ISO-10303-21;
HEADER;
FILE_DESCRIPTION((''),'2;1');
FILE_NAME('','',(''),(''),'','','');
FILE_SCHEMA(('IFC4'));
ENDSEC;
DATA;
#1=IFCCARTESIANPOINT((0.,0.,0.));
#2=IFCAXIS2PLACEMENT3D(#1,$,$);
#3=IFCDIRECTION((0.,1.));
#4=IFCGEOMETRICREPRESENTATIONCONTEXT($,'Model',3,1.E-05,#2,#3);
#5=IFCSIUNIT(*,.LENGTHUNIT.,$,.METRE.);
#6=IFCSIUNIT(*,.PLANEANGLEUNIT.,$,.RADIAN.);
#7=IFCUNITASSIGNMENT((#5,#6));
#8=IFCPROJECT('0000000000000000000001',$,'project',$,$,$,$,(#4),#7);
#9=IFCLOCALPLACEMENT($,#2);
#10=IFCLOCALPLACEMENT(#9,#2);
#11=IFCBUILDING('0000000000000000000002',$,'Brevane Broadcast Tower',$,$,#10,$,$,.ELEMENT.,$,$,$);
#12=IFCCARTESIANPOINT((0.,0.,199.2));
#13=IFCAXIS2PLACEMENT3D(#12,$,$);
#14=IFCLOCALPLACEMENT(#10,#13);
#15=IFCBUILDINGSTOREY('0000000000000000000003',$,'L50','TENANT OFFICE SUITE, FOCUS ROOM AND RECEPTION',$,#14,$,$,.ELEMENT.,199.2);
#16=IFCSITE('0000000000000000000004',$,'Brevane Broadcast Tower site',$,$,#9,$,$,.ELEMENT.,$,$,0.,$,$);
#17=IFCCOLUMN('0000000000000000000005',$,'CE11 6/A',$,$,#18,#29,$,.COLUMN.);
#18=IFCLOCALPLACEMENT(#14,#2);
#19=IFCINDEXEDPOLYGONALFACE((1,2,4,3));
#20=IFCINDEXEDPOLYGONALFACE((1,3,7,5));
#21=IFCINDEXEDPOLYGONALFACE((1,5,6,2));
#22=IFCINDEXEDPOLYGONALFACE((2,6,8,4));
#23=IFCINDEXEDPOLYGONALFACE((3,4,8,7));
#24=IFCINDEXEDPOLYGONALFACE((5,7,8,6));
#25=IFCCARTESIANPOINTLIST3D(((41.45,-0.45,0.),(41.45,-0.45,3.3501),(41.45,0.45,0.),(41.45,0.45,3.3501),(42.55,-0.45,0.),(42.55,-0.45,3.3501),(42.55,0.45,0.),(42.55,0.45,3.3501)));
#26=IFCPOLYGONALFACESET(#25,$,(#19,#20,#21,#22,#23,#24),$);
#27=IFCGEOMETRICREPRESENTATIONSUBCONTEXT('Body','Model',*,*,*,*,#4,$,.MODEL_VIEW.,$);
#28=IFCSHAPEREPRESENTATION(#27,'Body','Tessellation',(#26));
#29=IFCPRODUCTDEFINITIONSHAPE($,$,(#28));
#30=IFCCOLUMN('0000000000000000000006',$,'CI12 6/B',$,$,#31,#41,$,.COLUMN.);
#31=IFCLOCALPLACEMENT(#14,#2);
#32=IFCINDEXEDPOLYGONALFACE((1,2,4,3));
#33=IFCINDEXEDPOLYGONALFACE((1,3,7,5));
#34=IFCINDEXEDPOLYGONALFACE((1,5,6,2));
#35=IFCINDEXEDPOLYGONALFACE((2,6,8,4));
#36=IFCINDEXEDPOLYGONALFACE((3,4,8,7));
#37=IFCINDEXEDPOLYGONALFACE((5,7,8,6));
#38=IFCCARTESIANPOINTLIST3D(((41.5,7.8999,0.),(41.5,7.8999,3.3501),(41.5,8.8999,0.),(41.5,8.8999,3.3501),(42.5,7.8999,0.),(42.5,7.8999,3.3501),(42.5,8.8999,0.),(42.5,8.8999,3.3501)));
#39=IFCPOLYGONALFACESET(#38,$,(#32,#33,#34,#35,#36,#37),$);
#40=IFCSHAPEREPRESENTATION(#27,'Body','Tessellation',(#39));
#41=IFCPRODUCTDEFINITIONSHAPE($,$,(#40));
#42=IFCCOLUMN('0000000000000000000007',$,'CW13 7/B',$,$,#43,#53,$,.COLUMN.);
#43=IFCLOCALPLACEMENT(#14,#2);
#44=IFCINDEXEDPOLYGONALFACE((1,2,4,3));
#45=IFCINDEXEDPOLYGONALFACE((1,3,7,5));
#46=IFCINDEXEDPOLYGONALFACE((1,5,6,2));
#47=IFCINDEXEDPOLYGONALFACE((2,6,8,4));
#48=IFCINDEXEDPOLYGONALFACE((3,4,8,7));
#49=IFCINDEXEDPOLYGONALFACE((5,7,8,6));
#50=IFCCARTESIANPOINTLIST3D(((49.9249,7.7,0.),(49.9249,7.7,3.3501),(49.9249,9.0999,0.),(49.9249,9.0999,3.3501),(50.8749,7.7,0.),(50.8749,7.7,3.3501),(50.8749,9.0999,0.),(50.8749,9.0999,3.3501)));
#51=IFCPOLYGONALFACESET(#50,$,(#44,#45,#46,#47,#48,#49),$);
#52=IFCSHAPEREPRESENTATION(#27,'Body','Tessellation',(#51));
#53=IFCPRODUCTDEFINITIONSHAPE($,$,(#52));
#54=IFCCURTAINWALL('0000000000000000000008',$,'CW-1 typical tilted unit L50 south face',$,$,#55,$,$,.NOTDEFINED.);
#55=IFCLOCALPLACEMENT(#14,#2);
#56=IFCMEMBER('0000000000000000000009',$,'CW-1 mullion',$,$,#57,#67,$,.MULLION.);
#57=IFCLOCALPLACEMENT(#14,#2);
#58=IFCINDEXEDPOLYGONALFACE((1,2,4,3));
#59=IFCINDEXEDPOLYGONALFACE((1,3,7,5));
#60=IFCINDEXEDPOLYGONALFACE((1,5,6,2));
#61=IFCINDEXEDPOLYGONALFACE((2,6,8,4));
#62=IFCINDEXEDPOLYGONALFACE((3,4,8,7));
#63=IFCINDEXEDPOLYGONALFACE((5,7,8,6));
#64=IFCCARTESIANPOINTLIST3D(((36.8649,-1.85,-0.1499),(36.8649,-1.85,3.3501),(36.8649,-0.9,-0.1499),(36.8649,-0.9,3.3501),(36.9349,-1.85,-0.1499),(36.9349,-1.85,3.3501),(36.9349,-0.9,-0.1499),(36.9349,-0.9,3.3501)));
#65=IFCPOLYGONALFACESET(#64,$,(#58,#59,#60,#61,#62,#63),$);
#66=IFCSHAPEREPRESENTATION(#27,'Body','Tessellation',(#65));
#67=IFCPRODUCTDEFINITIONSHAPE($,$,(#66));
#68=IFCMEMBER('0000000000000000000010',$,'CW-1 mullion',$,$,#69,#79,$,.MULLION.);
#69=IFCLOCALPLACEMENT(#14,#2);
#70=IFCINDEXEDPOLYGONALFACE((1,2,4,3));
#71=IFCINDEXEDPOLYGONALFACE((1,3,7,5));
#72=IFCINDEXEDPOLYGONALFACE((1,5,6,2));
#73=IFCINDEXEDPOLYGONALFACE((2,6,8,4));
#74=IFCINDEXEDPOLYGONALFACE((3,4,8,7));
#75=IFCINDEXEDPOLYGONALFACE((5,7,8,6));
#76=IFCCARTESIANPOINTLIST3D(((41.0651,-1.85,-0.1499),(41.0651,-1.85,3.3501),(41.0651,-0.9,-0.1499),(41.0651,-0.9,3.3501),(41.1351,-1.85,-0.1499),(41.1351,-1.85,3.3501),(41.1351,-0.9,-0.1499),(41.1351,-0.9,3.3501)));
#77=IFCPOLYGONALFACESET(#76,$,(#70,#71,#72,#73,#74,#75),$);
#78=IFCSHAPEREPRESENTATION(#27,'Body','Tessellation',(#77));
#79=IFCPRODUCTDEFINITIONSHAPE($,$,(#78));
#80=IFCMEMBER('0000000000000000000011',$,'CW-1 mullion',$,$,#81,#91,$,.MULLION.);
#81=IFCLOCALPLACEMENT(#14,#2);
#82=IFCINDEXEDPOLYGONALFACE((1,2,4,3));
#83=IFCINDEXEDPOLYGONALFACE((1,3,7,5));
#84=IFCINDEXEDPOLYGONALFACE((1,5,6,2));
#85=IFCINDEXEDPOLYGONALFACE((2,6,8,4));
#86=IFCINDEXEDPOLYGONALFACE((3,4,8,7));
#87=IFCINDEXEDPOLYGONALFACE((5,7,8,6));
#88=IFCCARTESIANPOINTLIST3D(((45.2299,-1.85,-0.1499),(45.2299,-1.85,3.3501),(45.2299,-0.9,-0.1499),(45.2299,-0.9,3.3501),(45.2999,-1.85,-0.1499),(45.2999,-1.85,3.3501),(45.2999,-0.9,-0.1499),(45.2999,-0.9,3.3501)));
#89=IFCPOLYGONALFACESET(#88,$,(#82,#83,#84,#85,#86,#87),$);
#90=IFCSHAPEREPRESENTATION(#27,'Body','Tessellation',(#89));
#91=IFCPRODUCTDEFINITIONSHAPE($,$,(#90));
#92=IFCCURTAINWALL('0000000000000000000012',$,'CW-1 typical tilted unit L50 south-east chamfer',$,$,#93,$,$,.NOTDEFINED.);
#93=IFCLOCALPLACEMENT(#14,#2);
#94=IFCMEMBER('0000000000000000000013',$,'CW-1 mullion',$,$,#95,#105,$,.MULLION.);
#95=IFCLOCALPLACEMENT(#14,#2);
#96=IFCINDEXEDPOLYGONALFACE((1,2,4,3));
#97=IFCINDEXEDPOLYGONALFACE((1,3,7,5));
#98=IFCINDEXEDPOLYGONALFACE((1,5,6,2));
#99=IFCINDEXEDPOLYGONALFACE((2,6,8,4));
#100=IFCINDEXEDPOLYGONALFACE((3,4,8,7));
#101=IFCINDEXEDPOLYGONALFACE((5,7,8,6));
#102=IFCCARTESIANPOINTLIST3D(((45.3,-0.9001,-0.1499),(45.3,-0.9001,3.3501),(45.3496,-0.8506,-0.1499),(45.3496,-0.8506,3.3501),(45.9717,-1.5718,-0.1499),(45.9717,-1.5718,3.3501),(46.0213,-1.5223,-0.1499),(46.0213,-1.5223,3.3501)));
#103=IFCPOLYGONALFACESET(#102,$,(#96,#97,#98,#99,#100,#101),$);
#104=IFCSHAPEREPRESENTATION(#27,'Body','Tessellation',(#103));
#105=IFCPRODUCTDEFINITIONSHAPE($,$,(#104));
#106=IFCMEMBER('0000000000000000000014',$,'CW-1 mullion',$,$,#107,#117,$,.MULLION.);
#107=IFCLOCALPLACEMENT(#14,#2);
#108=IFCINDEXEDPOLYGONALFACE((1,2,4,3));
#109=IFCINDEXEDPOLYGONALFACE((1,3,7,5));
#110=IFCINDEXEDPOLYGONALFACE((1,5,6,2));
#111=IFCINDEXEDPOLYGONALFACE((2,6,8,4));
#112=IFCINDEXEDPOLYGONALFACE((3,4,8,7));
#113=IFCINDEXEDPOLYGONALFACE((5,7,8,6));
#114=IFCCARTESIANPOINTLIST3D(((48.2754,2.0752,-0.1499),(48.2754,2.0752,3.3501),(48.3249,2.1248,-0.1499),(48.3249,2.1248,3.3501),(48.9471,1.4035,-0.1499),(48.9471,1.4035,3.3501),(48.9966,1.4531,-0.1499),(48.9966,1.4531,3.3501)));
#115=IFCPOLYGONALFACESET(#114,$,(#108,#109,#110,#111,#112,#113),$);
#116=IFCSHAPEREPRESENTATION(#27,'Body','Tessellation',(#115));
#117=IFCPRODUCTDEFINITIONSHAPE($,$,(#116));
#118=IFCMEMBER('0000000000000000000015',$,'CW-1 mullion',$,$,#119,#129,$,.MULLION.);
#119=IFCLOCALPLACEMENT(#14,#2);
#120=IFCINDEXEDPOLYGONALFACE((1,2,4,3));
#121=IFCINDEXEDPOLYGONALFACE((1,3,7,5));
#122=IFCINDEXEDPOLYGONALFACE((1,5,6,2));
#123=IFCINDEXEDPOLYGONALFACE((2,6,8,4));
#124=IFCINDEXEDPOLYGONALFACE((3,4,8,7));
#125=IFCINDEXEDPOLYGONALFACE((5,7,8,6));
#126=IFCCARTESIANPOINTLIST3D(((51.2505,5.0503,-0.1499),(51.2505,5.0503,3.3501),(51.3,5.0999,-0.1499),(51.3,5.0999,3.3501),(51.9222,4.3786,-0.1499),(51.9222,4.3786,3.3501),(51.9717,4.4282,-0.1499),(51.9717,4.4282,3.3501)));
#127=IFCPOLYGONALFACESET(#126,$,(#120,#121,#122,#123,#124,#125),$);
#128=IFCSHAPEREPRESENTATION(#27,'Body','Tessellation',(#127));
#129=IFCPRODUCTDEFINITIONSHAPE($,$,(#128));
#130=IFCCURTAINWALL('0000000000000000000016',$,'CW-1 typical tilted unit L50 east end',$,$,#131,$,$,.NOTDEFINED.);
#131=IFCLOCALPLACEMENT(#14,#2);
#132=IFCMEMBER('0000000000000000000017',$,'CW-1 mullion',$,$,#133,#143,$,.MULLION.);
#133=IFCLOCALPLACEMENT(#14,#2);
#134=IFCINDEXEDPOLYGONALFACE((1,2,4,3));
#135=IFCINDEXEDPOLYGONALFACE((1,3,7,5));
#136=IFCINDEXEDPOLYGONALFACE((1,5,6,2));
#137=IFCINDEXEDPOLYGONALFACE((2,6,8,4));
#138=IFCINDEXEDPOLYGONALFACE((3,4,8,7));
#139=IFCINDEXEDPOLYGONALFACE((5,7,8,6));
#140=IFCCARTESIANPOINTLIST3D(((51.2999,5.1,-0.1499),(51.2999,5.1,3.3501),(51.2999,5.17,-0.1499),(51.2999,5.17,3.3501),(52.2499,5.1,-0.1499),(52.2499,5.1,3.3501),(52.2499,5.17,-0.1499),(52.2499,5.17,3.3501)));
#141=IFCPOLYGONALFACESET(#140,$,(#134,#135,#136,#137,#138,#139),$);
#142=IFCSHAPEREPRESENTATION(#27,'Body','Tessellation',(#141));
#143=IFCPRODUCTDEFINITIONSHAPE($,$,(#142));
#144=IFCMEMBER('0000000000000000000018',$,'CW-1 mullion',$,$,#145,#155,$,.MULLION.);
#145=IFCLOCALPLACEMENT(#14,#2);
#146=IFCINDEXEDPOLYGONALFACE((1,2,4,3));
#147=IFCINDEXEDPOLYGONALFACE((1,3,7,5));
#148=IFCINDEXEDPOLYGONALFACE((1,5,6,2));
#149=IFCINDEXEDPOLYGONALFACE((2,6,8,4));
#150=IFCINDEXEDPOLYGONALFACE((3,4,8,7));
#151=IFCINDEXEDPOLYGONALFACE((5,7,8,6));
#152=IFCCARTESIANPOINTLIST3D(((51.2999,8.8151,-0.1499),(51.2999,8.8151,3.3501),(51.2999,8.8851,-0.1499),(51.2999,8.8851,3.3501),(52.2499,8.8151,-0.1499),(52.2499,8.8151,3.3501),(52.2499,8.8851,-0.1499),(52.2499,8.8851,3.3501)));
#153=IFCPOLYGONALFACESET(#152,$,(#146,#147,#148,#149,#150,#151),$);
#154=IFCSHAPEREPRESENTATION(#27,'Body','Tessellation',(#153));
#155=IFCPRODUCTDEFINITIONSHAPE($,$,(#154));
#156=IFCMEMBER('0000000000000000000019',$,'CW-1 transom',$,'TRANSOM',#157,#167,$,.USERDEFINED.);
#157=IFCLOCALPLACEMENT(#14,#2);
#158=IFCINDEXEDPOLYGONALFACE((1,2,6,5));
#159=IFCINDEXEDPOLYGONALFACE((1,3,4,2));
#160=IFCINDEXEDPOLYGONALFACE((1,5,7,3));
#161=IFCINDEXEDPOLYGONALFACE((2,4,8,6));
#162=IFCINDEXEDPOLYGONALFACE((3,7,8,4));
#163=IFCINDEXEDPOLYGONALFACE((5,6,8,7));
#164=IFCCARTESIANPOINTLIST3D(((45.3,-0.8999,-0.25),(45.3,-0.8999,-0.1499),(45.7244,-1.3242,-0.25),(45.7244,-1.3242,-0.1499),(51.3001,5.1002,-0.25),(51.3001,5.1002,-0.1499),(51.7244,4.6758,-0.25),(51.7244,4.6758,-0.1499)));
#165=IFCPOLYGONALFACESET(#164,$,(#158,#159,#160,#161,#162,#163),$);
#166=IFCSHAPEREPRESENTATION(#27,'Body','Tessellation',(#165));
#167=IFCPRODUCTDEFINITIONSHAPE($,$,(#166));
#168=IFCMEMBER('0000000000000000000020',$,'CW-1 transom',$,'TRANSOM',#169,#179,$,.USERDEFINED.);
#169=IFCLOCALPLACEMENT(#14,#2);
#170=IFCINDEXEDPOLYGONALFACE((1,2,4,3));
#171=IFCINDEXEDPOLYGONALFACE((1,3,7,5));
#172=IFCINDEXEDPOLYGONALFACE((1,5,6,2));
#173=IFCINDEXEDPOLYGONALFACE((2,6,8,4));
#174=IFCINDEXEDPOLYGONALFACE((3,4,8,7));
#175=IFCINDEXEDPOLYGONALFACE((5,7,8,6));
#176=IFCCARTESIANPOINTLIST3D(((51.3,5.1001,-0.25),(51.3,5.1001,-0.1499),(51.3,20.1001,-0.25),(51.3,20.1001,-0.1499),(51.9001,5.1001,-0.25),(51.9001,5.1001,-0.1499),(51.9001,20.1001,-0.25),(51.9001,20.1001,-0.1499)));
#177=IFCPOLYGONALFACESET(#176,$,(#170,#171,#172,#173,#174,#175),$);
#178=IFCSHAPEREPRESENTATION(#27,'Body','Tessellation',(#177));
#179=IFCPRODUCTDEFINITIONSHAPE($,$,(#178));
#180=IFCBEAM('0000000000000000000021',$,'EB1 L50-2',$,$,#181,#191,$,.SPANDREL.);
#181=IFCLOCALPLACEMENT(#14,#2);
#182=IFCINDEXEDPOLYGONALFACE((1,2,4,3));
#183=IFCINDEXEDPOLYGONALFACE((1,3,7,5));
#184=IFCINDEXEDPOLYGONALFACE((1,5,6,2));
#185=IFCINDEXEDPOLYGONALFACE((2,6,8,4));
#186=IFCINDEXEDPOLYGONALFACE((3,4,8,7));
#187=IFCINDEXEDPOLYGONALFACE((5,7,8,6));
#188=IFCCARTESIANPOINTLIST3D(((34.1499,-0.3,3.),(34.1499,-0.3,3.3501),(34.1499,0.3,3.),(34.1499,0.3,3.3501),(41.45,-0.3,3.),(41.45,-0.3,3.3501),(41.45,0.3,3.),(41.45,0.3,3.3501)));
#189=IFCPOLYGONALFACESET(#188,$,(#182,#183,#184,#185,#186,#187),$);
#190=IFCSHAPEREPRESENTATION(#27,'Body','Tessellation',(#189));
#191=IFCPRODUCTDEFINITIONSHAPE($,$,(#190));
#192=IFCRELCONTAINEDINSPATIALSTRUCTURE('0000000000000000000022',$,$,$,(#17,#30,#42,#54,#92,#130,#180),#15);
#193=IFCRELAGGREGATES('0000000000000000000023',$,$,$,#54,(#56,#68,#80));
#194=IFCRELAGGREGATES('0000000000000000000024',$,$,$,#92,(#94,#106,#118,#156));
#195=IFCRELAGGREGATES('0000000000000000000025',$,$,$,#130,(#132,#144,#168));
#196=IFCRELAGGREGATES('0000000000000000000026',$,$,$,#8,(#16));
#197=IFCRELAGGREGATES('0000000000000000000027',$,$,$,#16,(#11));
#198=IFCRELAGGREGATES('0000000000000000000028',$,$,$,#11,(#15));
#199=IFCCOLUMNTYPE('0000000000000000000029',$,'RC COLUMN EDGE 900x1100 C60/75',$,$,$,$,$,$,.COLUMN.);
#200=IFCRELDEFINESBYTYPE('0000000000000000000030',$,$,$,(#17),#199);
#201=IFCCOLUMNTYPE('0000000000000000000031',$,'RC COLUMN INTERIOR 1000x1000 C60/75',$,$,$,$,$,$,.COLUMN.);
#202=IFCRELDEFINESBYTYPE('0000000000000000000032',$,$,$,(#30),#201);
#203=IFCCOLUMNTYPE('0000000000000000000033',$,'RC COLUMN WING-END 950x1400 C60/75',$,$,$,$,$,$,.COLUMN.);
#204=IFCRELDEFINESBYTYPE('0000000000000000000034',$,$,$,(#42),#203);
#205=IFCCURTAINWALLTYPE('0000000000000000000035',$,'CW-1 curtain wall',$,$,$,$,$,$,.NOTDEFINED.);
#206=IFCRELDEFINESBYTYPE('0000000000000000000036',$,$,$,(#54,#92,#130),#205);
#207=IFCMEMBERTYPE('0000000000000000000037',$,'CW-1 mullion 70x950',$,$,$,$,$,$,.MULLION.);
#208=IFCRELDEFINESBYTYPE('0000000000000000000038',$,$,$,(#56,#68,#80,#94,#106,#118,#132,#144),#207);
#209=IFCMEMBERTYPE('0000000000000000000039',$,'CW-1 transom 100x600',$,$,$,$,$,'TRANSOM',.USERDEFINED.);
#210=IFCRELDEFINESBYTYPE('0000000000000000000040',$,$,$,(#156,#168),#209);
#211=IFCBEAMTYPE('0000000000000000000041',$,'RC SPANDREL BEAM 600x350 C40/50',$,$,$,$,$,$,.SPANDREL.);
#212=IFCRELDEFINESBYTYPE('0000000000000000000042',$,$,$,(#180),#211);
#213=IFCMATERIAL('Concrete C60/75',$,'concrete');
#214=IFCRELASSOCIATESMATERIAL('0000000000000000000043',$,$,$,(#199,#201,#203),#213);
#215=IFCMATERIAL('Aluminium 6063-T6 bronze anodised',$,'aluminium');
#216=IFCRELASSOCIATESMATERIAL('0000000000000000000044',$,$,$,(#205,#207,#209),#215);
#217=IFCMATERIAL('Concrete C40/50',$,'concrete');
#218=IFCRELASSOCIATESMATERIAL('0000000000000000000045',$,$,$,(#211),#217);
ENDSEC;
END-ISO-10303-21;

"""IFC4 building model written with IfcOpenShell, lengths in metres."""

from ifc_helpers import new_model, si_unit, direction, frame, origin, origin_2d, place, context, subcontext, project, spatial, rectangle, extrude, material, material_profile, profile_set, type_object, element, aggregate, save


model = new_model("IFC4")

# Units and contexts
model_context = context("Model", 3, precision=1e-05, world=origin(), true_north=direction((0.0, 1.0)))
body_context = subcontext(model_context, "Body", "Model", "MODEL_VIEW")
ifc_project = project(units=[si_unit("LENGTHUNIT", "METRE"), si_unit("PLANEANGLEUNIT", "RADIAN")], contexts=[model_context])

# Site, building, storey
site_placement = place(None, origin())
site = spatial("IfcSite", under=ifc_project, at=site_placement, Name="Brevane Broadcast Tower site", CompositionType="ELEMENT", RefElevation=0.0)
building_placement = place(site_placement, origin())
building = spatial("IfcBuilding", under=site, at=building_placement, Name="Brevane Broadcast Tower", CompositionType="ELEMENT")
storey_placement = place(building_placement, frame((0.0, 0.0, 199.2)))
storey = spatial("IfcBuildingStorey", under=building, at=storey_placement, Name="L50", Description="TENANT OFFICE SUITE, FOCUS ROOM AND RECEPTION", CompositionType="ELEMENT", Elevation=199.2)

# Columns
ifc_material_1 = material(Name="Concrete C60/75", Category="concrete")
ifc_material_profile_1 = material_profile(ifc_material_1, rectangle(XDim=0.8999, YDim=1.1001, at=origin_2d()), Name="RC 900x1100")
ifc_profile_set_1 = profile_set([ifc_material_profile_1], Name="Concrete C60/75")
column_type_1 = type_object("IfcColumnType", Name="RC COLUMN EDGE 900x1100 C60/75", PredefinedType="COLUMN", material=ifc_profile_set_1)
column_1_placement = place(storey_placement, frame((42.0, 0.0, 0.0), z_axis=(0.0, 0.0, 1.0), x_axis=(0.0, 1.0, 0.0)))
element("IfcColumn", 1, at=column_1_placement, inside=storey, type_object=column_type_1, Name="CE11 6/A", PredefinedType="COLUMN", context=body_context, shape_type="SweptSolid", body=[
    extrude(rectangle(XDim=0.8999, YDim=1.1001, at=origin_2d()), origin(), (0.0, 0.0, 1.0), 3.3501),
])
ifc_material_profile_2 = material_profile(ifc_material_1, rectangle(XDim=1.0, YDim=1.0, at=origin_2d()), Name="RC 1000x1000")
ifc_profile_set_2 = profile_set([ifc_material_profile_2], Name="Concrete C60/75")
column_type_2 = type_object("IfcColumnType", Name="RC COLUMN INTERIOR 1000x1000 C60/75", PredefinedType="COLUMN", material=ifc_profile_set_2)
column_2_placement = place(storey_placement, frame((42.0, 8.3999, 0.0), z_axis=(0.0, 0.0, 1.0), x_axis=(1.0, 0.0, 0.0)))
element("IfcColumn", 2, at=column_2_placement, inside=storey, type_object=column_type_2, Name="CI12 6/B", PredefinedType="COLUMN", context=body_context, shape_type="SweptSolid", body=[
    extrude(rectangle(XDim=1.0, YDim=1.0, at=origin_2d()), origin(), (0.0, 0.0, 1.0), 3.3501),
])
ifc_material_profile_3 = material_profile(ifc_material_1, rectangle(XDim=0.95, YDim=1.3999, at=origin_2d()), Name="RC 950x1400")
ifc_profile_set_3 = profile_set([ifc_material_profile_3], Name="Concrete C60/75")
column_type_3 = type_object("IfcColumnType", Name="RC COLUMN WING-END 950x1400 C60/75", PredefinedType="COLUMN", material=ifc_profile_set_3)
column_3_placement = place(storey_placement, frame((50.3999, 8.3999, 0.0), z_axis=(0.0, 0.0, 1.0), x_axis=(1.0, 0.0, 0.0)))
element("IfcColumn", 3, at=column_3_placement, inside=storey, type_object=column_type_3, Name="CW13 7/B", PredefinedType="COLUMN", context=body_context, shape_type="SweptSolid", body=[
    extrude(rectangle(XDim=0.95, YDim=1.3999, at=origin_2d()), origin(), (0.0, 0.0, 1.0), 3.3501),
])

# Curtain walls, members
ifc_material_2 = material(Name="Aluminium 6063-T6 bronze anodised", Category="aluminium")
curtain_wall_type = type_object("IfcCurtainWallType", Name="CW-1 curtain wall", PredefinedType="NOTDEFINED", material=ifc_material_2)
curtain_wall_1_placement = place(storey_placement, origin())
curtain_wall_1 = element("IfcCurtainWall", 4, at=curtain_wall_1_placement, inside=storey, type_object=curtain_wall_type, Name="CW-1 typical tilted unit L50 south face", PredefinedType="NOTDEFINED")
ifc_material_profile_4 = material_profile(ifc_material_2, rectangle(XDim=0.95, YDim=0.0701, at=origin_2d()), Name="RECT 70x950")
ifc_profile_set_4 = profile_set([ifc_material_profile_4], Name="Aluminium 6063-T6 bronze anodised")
member_type_1 = type_object("IfcMemberType", Name="CW-1 mullion 70x950", PredefinedType="MULLION", material=ifc_profile_set_4)
member_1_placement = place(storey_placement, frame((36.8999, -1.375, -0.1499), z_axis=(0.0, 0.0, 1.0), x_axis=(0.0, 1.0, 0.0)))
member_1 = element("IfcMember", 5, at=member_1_placement, type_object=member_type_1, Name="CW-1 mullion", PredefinedType="MULLION", context=body_context, shape_type="SweptSolid", body=[
    extrude(rectangle(XDim=0.95, YDim=0.0701, at=origin_2d()), origin(), (0.0, 0.0, 1.0), 3.5),
])
member_2_placement = place(storey_placement, frame((41.1001, -1.375, -0.1499), z_axis=(0.0, 0.0, 1.0), x_axis=(0.0, 1.0, 0.0)))
member_2 = element("IfcMember", 6, at=member_2_placement, type_object=member_type_1, Name="CW-1 mullion", PredefinedType="MULLION", context=body_context, shape_type="SweptSolid", body=[
    extrude(rectangle(XDim=0.95, YDim=0.0701, at=origin_2d()), origin(), (0.0, 0.0, 1.0), 3.5),
])
member_3_placement = place(storey_placement, frame((45.2649, -1.375, -0.1499), z_axis=(0.0, 0.0, 1.0), x_axis=(0.0, 1.0, 0.0)))
member_3 = element("IfcMember", 7, at=member_3_placement, type_object=member_type_1, Name="CW-1 mullion", PredefinedType="MULLION", context=body_context, shape_type="SweptSolid", body=[
    extrude(rectangle(XDim=0.95, YDim=0.0701, at=origin_2d()), origin(), (0.0, 0.0, 1.0), 3.5),
])
aggregate(curtain_wall_1, [member_1, member_2, member_3])
curtain_wall_2_placement = place(storey_placement, origin())
curtain_wall_2 = element("IfcCurtainWall", 8, at=curtain_wall_2_placement, inside=storey, type_object=curtain_wall_type, Name="CW-1 typical tilted unit L50 south-east chamfer", PredefinedType="NOTDEFINED")
member_4_placement = place(storey_placement, frame((45.6606, -1.2112, -0.1499), z_axis=(0.0, 0.0, 1.0), x_axis=(-0.707107, 0.707107, 0.0)))
member_4 = element("IfcMember", 9, at=member_4_placement, type_object=member_type_1, Name="CW-1 mullion", PredefinedType="MULLION", context=body_context, shape_type="SweptSolid", body=[
    extrude(rectangle(XDim=0.95, YDim=0.0701, at=origin_2d()), origin(), (0.0, 0.0, 1.0), 3.5),
])
member_5_placement = place(storey_placement, frame((48.636, 1.7642, -0.1499), z_axis=(0.0, 0.0, 1.0), x_axis=(-0.707107, 0.707107, 0.0)))
member_5 = element("IfcMember", 10, at=member_5_placement, type_object=member_type_1, Name="CW-1 mullion", PredefinedType="MULLION", context=body_context, shape_type="SweptSolid", body=[
    extrude(rectangle(XDim=0.95, YDim=0.0701, at=origin_2d()), origin(), (0.0, 0.0, 1.0), 3.5),
])
member_6_placement = place(storey_placement, frame((51.6111, 4.7393, -0.1499), z_axis=(0.0, 0.0, 1.0), x_axis=(-0.707107, 0.707107, 0.0)))
member_6 = element("IfcMember", 11, at=member_6_placement, type_object=member_type_1, Name="CW-1 mullion", PredefinedType="MULLION", context=body_context, shape_type="SweptSolid", body=[
    extrude(rectangle(XDim=0.95, YDim=0.0701, at=origin_2d()), origin(), (0.0, 0.0, 1.0), 3.5),
])
curtain_wall_3_placement = place(storey_placement, origin())
curtain_wall_3 = element("IfcCurtainWall", 12, at=curtain_wall_3_placement, inside=storey, type_object=curtain_wall_type, Name="CW-1 typical tilted unit L50 east end", PredefinedType="NOTDEFINED")
member_7_placement = place(storey_placement, frame((51.7749, 5.135, -0.1499), z_axis=(0.0, 0.0, 1.0), x_axis=(-1.0, 0.0, 0.0)))
member_7 = element("IfcMember", 13, at=member_7_placement, type_object=member_type_1, Name="CW-1 mullion", PredefinedType="MULLION", context=body_context, shape_type="SweptSolid", body=[
    extrude(rectangle(XDim=0.95, YDim=0.0701, at=origin_2d()), origin(), (0.0, 0.0, 1.0), 3.5),
])
member_8_placement = place(storey_placement, frame((51.7749, 8.8501, -0.1499), z_axis=(0.0, 0.0, 1.0), x_axis=(-1.0, 0.0, 0.0)))
member_8 = element("IfcMember", 14, at=member_8_placement, type_object=member_type_1, Name="CW-1 mullion", PredefinedType="MULLION", context=body_context, shape_type="SweptSolid", body=[
    extrude(rectangle(XDim=0.95, YDim=0.0701, at=origin_2d()), origin(), (0.0, 0.0, 1.0), 3.5),
])

# Members
ifc_material_profile_5 = material_profile(ifc_material_2, rectangle(XDim=0.6001, YDim=0.1001, at=origin_2d()), Name="RECT 100x600")
ifc_profile_set_5 = profile_set([ifc_material_profile_5], Name="Aluminium 6063-T6 bronze anodised")
member_type_2 = type_object("IfcMemberType", Name="CW-1 transom 100x600", ElementType="TRANSOM", PredefinedType="USERDEFINED", material=ifc_profile_set_5)
member_9_placement = place(storey_placement, frame((45.5122, -1.1121, -0.2), z_axis=(0.707107, 0.707107, 0.0), x_axis=(-0.707107, 0.707107, 0.0)))
member_9 = element("IfcMember", 15, at=member_9_placement, type_object=member_type_2, Name="CW-1 transom", ObjectType="TRANSOM", PredefinedType="USERDEFINED", context=body_context, shape_type="SweptSolid", body=[
    extrude(rectangle(XDim=0.6001, YDim=0.1001, at=origin_2d()), origin(), (0.0, 0.0, 1.0), 8.4854),
])
aggregate(curtain_wall_2, [member_4, member_5, member_6, member_9])
member_10_placement = place(storey_placement, frame((51.6001, 5.1001, -0.2), z_axis=(0.0, 1.0, 0.0), x_axis=(-1.0, 0.0, 0.0)))
member_10 = element("IfcMember", 16, at=member_10_placement, type_object=member_type_2, Name="CW-1 transom", ObjectType="TRANSOM", PredefinedType="USERDEFINED", context=body_context, shape_type="SweptSolid", body=[
    extrude(rectangle(XDim=0.6001, YDim=0.1001, at=origin_2d()), origin(), (0.0, 0.0, 1.0), 15.0),
])
aggregate(curtain_wall_3, [member_7, member_8, member_10])

# Beam
ifc_material_3 = material(Name="Concrete C40/50", Category="concrete")
ifc_material_profile_6 = material_profile(ifc_material_3, rectangle(XDim=0.6001, YDim=0.3501, at=origin_2d()), Name="RC 600x350")
ifc_profile_set_6 = profile_set([ifc_material_profile_6], Name="Concrete C40/50")
beam_type = type_object("IfcBeamType", Name="RC SPANDREL BEAM 600x350 C40/50", PredefinedType="SPANDREL", material=ifc_profile_set_6)
beam_1_placement = place(storey_placement, frame((34.1499, 0.0, 3.175), z_axis=(1.0, 0.0, 0.0), x_axis=(0.0, 1.0, 0.0)))
element("IfcBeam", 17, at=beam_1_placement, inside=storey, type_object=beam_type, Name="EB1 L50-2", PredefinedType="SPANDREL", context=body_context, shape_type="SweptSolid", body=[
    extrude(rectangle(XDim=0.6001, YDim=0.3501, at=origin_2d()), origin(), (0.0, 0.0, 1.0), 7.3),
])

save(model, "model.ifc")
